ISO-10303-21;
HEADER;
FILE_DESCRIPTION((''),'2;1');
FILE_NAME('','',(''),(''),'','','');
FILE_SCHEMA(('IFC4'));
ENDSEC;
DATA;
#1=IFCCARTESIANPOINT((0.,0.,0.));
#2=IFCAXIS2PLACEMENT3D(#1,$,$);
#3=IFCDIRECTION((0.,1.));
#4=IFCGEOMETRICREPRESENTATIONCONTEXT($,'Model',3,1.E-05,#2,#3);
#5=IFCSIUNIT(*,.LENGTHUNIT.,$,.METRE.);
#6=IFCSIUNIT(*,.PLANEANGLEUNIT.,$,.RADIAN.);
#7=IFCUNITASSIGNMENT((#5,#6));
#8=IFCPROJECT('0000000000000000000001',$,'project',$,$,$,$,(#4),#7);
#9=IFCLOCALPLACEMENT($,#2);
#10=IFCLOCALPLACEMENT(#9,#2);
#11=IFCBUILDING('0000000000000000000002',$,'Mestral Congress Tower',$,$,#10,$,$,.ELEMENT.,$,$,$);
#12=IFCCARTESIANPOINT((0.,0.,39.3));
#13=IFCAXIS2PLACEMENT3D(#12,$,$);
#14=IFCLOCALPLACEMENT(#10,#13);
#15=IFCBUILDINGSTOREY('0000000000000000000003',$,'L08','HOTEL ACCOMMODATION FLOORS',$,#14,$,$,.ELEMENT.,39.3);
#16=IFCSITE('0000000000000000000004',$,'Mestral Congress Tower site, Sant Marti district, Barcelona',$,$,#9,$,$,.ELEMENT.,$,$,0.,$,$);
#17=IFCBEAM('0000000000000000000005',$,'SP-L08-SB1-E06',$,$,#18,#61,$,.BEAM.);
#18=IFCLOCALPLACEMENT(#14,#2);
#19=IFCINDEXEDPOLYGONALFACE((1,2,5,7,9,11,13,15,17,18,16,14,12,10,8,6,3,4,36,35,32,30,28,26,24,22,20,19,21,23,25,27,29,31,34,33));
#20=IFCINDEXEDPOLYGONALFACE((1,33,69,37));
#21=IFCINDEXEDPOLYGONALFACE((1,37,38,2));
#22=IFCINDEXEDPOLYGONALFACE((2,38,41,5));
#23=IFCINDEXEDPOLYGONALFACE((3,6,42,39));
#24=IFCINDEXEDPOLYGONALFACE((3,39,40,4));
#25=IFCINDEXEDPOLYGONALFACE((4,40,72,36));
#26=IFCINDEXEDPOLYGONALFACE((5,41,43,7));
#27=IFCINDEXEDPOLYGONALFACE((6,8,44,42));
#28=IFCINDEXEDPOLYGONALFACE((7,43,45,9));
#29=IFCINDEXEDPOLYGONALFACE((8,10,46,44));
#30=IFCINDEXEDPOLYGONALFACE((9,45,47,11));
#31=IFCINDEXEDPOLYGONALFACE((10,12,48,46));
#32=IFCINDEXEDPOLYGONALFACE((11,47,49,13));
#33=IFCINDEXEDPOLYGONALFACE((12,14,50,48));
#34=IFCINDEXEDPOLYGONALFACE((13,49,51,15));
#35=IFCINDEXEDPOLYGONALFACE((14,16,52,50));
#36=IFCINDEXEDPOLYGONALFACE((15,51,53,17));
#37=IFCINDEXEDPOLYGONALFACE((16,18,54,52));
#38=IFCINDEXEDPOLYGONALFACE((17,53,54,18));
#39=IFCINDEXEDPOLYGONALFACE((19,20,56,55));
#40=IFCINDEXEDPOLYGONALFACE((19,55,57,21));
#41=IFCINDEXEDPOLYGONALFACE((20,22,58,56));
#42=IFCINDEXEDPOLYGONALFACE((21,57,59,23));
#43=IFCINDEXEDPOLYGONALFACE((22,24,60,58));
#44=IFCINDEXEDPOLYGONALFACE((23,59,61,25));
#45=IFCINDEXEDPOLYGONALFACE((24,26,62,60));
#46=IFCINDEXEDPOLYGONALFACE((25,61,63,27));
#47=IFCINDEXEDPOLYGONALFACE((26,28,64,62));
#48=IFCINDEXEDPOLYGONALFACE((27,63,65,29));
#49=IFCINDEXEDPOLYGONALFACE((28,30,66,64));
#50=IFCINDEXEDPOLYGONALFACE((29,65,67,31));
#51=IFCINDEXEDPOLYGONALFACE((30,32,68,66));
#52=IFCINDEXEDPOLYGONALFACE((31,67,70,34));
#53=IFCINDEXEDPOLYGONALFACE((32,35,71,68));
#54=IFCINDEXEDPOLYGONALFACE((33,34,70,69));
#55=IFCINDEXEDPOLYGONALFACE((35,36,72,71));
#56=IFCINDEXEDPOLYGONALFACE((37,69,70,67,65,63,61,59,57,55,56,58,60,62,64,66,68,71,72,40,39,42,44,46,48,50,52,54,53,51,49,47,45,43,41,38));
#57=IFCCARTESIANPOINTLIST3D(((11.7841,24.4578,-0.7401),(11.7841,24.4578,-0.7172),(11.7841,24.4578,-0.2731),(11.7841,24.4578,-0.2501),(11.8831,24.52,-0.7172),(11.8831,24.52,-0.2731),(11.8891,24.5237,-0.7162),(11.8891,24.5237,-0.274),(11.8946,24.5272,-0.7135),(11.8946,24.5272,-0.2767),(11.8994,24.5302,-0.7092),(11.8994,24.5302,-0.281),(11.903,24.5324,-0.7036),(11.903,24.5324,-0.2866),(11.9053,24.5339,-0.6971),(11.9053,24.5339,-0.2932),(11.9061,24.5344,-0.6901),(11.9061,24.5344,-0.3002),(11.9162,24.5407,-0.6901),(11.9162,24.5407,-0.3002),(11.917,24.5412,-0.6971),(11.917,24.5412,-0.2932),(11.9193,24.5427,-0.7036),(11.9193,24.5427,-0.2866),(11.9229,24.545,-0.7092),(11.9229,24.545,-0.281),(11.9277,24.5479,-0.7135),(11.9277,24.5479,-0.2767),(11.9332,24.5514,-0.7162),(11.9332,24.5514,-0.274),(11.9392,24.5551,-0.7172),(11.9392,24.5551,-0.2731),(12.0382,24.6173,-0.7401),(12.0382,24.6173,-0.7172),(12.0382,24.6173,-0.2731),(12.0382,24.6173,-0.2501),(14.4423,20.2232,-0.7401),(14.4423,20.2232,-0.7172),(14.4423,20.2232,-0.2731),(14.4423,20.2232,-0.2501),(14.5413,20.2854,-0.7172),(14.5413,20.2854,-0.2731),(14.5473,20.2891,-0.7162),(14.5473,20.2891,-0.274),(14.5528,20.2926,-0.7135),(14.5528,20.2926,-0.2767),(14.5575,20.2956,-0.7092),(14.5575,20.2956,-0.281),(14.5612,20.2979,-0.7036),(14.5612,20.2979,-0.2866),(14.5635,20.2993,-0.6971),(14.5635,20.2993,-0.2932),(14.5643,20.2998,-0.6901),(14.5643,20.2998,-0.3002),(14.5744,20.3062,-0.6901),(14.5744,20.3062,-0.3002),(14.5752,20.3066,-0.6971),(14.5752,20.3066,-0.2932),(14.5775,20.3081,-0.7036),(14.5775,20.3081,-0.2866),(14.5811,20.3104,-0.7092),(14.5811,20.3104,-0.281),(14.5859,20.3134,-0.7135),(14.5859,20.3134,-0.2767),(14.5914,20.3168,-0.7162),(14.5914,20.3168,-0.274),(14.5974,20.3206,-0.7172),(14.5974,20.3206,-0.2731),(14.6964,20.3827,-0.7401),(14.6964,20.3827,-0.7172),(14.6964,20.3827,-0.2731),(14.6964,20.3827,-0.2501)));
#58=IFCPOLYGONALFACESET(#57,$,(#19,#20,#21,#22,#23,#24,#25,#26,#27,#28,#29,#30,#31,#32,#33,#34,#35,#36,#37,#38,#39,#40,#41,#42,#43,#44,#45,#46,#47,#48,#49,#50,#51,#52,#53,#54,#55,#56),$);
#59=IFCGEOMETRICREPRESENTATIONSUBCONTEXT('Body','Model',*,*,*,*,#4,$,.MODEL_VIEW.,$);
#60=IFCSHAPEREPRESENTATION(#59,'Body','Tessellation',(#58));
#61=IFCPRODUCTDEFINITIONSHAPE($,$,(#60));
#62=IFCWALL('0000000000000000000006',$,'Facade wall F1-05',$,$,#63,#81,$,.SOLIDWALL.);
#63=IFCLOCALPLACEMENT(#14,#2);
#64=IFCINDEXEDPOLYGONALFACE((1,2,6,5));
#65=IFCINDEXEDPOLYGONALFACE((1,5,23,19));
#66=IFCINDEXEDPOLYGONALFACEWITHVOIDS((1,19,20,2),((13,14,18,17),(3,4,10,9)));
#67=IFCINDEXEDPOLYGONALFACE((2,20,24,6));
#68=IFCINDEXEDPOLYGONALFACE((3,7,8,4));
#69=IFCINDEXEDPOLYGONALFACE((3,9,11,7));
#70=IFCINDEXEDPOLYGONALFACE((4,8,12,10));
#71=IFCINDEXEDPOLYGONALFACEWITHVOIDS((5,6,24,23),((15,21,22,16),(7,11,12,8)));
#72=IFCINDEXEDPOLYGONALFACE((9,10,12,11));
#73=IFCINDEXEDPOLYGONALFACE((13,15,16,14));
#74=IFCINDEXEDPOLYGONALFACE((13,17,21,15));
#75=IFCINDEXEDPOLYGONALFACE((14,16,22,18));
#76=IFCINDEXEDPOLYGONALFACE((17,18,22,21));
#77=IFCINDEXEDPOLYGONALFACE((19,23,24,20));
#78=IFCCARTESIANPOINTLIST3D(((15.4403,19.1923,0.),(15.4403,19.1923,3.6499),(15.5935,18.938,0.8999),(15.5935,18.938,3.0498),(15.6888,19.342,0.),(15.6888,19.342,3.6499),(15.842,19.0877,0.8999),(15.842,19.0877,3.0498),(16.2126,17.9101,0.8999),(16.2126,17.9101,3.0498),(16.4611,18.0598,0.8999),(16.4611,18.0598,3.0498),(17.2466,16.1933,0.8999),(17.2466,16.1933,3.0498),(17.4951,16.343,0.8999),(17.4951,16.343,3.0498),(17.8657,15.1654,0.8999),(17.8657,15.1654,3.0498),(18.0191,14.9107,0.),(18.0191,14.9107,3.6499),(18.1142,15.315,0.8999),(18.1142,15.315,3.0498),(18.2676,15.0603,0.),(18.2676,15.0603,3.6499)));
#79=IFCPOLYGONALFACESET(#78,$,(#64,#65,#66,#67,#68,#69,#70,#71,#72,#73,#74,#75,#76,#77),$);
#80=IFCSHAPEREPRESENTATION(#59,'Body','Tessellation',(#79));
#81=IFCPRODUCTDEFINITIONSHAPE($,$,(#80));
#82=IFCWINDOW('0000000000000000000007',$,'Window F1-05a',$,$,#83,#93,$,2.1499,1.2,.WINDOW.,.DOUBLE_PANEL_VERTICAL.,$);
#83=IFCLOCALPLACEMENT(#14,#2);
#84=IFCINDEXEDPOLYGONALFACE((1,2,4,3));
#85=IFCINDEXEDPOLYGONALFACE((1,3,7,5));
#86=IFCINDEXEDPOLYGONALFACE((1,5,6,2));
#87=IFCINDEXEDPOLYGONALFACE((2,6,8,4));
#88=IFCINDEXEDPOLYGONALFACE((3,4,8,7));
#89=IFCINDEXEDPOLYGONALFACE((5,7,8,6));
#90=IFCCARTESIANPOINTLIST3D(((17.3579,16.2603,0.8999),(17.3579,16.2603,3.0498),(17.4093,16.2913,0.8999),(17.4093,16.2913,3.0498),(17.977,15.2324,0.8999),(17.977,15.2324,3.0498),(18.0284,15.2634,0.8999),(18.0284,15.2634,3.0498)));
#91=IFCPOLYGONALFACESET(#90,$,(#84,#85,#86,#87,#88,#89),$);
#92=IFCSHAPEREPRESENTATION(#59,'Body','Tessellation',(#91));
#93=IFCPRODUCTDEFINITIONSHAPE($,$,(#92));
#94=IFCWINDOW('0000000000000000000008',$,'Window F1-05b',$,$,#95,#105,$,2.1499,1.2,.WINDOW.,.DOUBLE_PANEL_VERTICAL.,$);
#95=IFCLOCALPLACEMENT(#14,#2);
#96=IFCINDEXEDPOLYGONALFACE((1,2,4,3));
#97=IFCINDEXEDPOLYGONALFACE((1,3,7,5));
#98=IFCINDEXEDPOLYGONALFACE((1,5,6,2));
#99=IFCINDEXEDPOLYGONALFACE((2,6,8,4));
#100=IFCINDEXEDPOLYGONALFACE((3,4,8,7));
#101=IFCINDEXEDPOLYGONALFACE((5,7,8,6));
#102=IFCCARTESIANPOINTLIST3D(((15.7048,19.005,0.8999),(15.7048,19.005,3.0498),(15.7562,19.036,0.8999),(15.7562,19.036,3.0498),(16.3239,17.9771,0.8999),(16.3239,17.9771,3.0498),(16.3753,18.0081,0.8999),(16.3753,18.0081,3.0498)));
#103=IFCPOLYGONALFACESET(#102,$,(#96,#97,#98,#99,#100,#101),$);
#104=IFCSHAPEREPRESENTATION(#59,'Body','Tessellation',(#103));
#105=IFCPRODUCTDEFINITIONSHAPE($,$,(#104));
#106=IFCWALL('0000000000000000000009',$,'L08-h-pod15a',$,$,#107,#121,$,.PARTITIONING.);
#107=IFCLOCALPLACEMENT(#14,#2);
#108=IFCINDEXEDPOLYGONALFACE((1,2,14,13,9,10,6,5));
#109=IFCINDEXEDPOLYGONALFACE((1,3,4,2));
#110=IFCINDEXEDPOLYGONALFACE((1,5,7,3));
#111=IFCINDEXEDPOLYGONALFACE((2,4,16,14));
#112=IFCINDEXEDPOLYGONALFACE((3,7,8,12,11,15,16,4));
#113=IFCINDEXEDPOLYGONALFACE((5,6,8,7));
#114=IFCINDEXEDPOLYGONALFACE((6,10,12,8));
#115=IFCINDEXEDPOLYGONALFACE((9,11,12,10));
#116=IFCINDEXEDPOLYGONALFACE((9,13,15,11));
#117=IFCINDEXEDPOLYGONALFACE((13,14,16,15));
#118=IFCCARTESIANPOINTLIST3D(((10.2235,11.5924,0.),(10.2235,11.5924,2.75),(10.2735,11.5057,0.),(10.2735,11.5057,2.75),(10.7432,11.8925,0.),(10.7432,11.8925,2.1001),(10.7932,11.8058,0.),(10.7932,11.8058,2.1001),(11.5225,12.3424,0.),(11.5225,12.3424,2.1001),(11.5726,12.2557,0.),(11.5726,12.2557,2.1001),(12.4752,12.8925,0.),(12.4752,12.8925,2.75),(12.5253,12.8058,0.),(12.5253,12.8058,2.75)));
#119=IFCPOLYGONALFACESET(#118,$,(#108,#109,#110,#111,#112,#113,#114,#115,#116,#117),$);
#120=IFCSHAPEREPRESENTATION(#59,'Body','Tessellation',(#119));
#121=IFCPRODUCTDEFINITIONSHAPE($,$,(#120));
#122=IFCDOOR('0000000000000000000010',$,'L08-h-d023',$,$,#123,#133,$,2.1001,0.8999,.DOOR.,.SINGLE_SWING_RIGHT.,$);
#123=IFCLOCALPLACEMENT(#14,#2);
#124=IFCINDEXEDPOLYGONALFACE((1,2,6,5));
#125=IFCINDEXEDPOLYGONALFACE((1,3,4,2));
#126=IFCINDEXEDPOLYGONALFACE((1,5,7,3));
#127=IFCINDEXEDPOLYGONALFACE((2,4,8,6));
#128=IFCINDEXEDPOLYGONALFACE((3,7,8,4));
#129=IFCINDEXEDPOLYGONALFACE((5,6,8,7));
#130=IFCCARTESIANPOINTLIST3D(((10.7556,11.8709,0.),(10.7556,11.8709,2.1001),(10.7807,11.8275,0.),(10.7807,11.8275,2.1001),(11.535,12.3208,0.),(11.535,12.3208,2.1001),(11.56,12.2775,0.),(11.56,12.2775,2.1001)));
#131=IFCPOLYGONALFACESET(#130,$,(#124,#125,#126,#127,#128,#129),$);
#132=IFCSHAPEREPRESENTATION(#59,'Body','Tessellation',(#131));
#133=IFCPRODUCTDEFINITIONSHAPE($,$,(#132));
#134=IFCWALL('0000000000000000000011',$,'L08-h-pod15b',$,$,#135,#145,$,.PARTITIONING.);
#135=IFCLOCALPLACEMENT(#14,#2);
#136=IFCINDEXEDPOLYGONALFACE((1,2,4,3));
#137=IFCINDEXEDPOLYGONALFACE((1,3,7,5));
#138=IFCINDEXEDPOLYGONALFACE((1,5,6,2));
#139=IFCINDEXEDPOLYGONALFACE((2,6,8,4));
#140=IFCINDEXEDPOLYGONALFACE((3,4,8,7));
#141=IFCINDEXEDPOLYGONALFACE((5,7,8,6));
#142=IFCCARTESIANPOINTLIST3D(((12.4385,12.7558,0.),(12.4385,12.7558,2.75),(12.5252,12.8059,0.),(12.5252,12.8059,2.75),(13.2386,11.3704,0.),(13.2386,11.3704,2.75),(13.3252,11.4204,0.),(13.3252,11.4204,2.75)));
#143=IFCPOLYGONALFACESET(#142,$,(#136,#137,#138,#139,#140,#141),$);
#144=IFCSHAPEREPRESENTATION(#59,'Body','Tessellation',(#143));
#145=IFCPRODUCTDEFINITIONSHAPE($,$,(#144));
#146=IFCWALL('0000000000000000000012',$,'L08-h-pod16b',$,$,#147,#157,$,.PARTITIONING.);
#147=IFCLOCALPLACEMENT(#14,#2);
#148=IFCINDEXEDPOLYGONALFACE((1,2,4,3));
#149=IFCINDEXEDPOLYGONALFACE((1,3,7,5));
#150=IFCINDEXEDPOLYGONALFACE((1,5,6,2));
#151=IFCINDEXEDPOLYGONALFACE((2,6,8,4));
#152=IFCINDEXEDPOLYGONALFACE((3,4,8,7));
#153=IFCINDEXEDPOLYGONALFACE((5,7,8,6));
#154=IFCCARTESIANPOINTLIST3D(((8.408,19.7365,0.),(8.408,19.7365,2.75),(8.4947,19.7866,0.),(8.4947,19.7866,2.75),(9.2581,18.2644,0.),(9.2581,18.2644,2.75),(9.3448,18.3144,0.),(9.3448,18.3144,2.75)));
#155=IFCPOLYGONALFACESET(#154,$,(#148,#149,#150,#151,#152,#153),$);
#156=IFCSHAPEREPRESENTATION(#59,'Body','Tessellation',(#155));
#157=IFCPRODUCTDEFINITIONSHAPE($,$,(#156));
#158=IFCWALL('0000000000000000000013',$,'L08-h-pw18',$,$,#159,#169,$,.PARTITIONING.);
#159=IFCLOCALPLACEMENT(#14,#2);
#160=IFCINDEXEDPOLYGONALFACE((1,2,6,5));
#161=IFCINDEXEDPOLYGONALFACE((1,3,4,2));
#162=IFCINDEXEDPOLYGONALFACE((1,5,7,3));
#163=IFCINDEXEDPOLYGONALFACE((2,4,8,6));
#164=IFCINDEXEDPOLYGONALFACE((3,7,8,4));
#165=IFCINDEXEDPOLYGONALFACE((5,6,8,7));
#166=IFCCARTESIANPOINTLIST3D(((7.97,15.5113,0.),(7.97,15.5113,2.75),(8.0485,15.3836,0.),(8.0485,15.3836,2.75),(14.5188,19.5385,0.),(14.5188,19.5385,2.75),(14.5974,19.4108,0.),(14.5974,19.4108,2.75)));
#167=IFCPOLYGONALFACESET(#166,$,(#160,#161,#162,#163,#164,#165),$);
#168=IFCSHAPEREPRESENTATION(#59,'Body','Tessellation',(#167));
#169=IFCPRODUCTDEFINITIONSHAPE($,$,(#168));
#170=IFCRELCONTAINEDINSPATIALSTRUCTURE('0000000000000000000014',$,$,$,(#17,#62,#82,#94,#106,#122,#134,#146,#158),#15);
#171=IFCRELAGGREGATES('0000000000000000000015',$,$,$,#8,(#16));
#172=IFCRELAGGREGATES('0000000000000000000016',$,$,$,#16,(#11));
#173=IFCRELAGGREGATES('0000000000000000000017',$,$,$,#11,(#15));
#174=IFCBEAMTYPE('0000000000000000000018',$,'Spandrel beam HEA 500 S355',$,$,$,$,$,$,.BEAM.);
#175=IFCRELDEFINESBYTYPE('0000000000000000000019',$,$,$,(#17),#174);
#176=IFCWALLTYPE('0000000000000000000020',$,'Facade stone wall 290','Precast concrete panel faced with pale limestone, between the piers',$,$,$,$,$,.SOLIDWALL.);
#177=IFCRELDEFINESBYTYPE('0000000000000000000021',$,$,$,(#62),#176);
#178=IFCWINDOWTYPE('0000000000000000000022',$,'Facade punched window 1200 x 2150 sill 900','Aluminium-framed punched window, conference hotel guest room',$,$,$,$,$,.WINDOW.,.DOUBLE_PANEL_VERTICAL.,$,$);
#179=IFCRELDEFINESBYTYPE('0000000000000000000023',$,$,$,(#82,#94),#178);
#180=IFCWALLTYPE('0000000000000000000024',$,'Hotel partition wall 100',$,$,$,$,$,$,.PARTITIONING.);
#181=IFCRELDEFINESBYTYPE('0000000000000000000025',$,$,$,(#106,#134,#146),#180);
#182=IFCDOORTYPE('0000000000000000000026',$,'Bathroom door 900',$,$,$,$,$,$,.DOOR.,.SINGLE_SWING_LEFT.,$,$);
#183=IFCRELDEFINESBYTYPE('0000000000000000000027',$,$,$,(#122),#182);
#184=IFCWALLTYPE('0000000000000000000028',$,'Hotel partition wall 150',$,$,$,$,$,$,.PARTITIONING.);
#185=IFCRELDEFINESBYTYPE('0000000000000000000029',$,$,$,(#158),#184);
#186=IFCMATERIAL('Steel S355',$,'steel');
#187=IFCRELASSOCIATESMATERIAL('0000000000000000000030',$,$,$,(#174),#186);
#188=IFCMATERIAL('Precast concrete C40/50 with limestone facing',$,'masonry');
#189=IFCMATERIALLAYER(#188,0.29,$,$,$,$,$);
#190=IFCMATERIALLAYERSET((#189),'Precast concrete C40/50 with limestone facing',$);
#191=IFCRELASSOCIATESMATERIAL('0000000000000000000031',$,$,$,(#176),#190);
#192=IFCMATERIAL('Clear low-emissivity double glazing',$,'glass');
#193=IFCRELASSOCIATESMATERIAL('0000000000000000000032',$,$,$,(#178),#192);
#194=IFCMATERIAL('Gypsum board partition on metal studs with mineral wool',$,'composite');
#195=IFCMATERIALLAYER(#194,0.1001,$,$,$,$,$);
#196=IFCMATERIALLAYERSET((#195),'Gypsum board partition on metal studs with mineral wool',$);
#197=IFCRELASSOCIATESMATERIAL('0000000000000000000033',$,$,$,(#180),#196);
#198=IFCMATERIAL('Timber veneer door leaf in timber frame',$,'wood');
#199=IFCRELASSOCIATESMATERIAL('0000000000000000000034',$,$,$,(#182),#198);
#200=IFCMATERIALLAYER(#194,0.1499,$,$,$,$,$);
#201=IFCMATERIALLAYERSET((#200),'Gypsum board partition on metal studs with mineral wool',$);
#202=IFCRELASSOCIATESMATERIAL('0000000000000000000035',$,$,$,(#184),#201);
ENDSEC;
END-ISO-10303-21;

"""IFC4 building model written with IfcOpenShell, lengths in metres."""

from ifc_helpers import new_model, si_unit, direction, frame, frame_2d, origin, origin_2d, place, context, subcontext, project, spatial, rectangle, i_section, extrude, material, layer, layer_set, material_profile, profile_set, type_object, element, fill, save


model = new_model("IFC4")

# Units and contexts
model_context = context("Model", 3, precision=1e-05, world=origin(), true_north=direction((0.0, 1.0)))
body_context = subcontext(model_context, "Body", "Model", "MODEL_VIEW")
ifc_project = project(units=[si_unit("LENGTHUNIT", "METRE"), si_unit("PLANEANGLEUNIT", "RADIAN")], contexts=[model_context])

# Site, building, storey
site_placement = place(None, origin())
site = spatial("IfcSite", under=ifc_project, at=site_placement, Name="Mestral Congress Tower site, Sant Marti district, Barcelona", CompositionType="ELEMENT", RefElevation=0.0)
building_placement = place(site_placement, origin())
building = spatial("IfcBuilding", under=site, at=building_placement, Name="Mestral Congress Tower", CompositionType="ELEMENT")
storey_placement = place(building_placement, frame((0.0, 0.0, 39.3)))
storey = spatial("IfcBuildingStorey", under=building, at=storey_placement, Name="L08", Description="HOTEL ACCOMMODATION FLOORS", CompositionType="ELEMENT", Elevation=39.3)

# Beam
ifc_material_1 = material(Name="Steel S355", Category="steel")
ifc_material_profile_1 = material_profile(ifc_material_1, i_section(OverallWidth=0.3, OverallDepth=0.49, WebThickness=0.012, FlangeThickness=0.0229, FilletRadius=0.0271, at=origin_2d()), Name="HEA 500")
ifc_profile_set_1 = profile_set([ifc_material_profile_1], Name="Steel S355")
beam_type_1 = type_object("IfcBeamType", Name="Spandrel beam HEA 500 S355", PredefinedType="BEAM", material=ifc_profile_set_1)
for number, where, z_axis, x_axis, name in (
    (1, (14.5693, 20.303, -0.4951), (-0.531661, 0.846957, 0.0), (-0.846957, -0.531661, 0.0), "SP-L08-SB1-E06"),
):
    element("IfcBeam", number, at=place(storey_placement, frame(where, z_axis=z_axis, x_axis=x_axis)), inside=storey, type_object=beam_type_1, Name=name, PredefinedType="BEAM", context=body_context, shape_type="SweptSolid", body=[
        extrude(i_section(OverallWidth=0.3, OverallDepth=0.49, WebThickness=0.012, FlangeThickness=0.0229, FilletRadius=0.0271, at=origin_2d()), origin(), (0.0, 0.0, 1.0), 4.9998),
    ])

# Wall, openings, windows
ifc_material_2 = material(Name="Precast concrete C40/50 with limestone facing", Category="masonry")
ifc_layer_1 = layer(ifc_material_2, 0.29)
ifc_layer_set_1 = layer_set([ifc_layer_1], Name="Precast concrete C40/50 with limestone facing")
wall_type_1 = type_object("IfcWallType", Name="Facade stone wall 290", Description="Precast concrete panel faced with pale limestone, between the piers", PredefinedType="SOLIDWALL", material=ifc_layer_set_1)
wall_1_placement = place(storey_placement, frame((18.1433, 14.9856, 0.0), z_axis=(0.0, 0.0, 1.0), x_axis=(-0.515939, 0.856625, 0.0)))
wall_1 = element("IfcWall", 2, at=wall_1_placement, inside=storey, type_object=wall_type_1, Name="Facade wall F1-05", PredefinedType="SOLIDWALL", context=body_context, shape_type="SweptSolid", body=[
    extrude(rectangle(XDim=4.9983, YDim=0.29, at=frame_2d((2.499, 0.0))), origin(), (0.0, 0.0, 1.0), 3.6499),
])
opening_1_placement = place(wall_1_placement, frame((0.2971, 0.0, 0.8999)))
opening_1 = element("IfcOpeningElement", 3, at=opening_1_placement, cuts=wall_1, PredefinedType="OPENING", context=body_context, shape_type="SweptSolid", body=[
    extrude(rectangle(XDim=1.2, YDim=2.1499, at=frame_2d((0.6001, 1.075))), frame((0.0, 0.155, 0.0), z_axis=(0.0, -1.0, 0.0), x_axis=(1.0, 0.0, 0.0)), (0.0, 0.0, 1.0), 0.3101),
])
opening_2_placement = place(wall_1_placement, frame((3.5012, 0.0, 0.8999)))
opening_2 = element("IfcOpeningElement", 4, at=opening_2_placement, cuts=wall_1, PredefinedType="OPENING", context=body_context, shape_type="SweptSolid", body=[
    extrude(rectangle(XDim=1.2, YDim=2.1499, at=frame_2d((0.6001, 1.075))), frame((0.0, 0.155, 0.0), z_axis=(0.0, -1.0, 0.0), x_axis=(1.0, 0.0, 0.0)), (0.0, 0.0, 1.0), 0.3101),
])
ifc_material_3 = material(Name="Clear low-emissivity double glazing", Category="glass")
window_type = type_object("IfcWindowType", Name="Facade punched window 1200 x 2150 sill 900", Description="Aluminium-framed punched window, conference hotel guest room", PartitioningType="DOUBLE_PANEL_VERTICAL", PredefinedType="WINDOW", material=ifc_material_3)
window_1_placement = place(opening_1_placement, origin())
window_1 = element("IfcWindow", 5, at=window_1_placement, inside=storey, type_object=window_type, Name="Window F1-05a", OverallHeight=2.1499, OverallWidth=1.2, PartitioningType="DOUBLE_PANEL_VERTICAL", PredefinedType="WINDOW", context=body_context, shape_type="SweptSolid", body=[
    extrude(rectangle(XDim=1.2, YDim=2.1499, at=frame_2d((0.6001, 1.075))), frame((0.0, 0.0151, 0.0), z_axis=(0.0, -1.0, 0.0), x_axis=(1.0, 0.0, 0.0)), (0.0, 0.0, 1.0), 0.0601),
])
fill(opening_1, window_1)
window_2_placement = place(opening_2_placement, origin())
window_2 = element("IfcWindow", 6, at=window_2_placement, inside=storey, type_object=window_type, Name="Window F1-05b", OverallHeight=2.1499, OverallWidth=1.2, PartitioningType="DOUBLE_PANEL_VERTICAL", PredefinedType="WINDOW", context=body_context, shape_type="SweptSolid", body=[
    extrude(rectangle(XDim=1.2, YDim=2.1499, at=frame_2d((0.6001, 1.075))), frame((0.0, 0.0151, 0.0), z_axis=(0.0, -1.0, 0.0), x_axis=(1.0, 0.0, 0.0)), (0.0, 0.0, 1.0), 0.0601),
])
fill(opening_2, window_2)

# Wall, opening, door
ifc_material_4 = material(Name="Gypsum board partition on metal studs with mineral wool", Category="composite")
ifc_layer_2 = layer(ifc_material_4, 0.1001)
ifc_layer_set_2 = layer_set([ifc_layer_2], Name="Gypsum board partition on metal studs with mineral wool")
wall_type_2 = type_object("IfcWallType", Name="Hotel partition wall 100", PredefinedType="PARTITIONING", material=ifc_layer_set_2)
wall_2_placement = place(storey_placement, frame((12.5002, 12.8491, 0.0), z_axis=(0.0, 0.0, 1.0), x_axis=(-0.866021, -0.500007, 0.0)))
wall_2 = element("IfcWall", 7, at=wall_2_placement, inside=storey, type_object=wall_type_2, Name="L08-h-pod15a", PredefinedType="PARTITIONING", context=body_context, shape_type="SweptSolid", body=[
    extrude(rectangle(XDim=2.6001, YDim=0.1001, at=frame_2d((1.3, 0.0))), origin(), (0.0, 0.0, 1.0), 2.75),
])
opening_3_placement = place(wall_2_placement, frame((1.1001, 0.0, 0.0)))
opening_3 = element("IfcOpeningElement", 8, at=opening_3_placement, cuts=wall_2, PredefinedType="OPENING", context=body_context, shape_type="SweptSolid", body=[
    extrude(rectangle(XDim=0.8999, YDim=2.1001, at=frame_2d((0.45, 1.05))), frame((0.0, 0.0601, 0.0), z_axis=(0.0, -1.0, 0.0), x_axis=(1.0, 0.0, 0.0)), (0.0, 0.0, 1.0), 0.1201),
])
ifc_material_5 = material(Name="Timber veneer door leaf in timber frame", Category="wood")
door_type = type_object("IfcDoorType", Name="Bathroom door 900", OperationType="SINGLE_SWING_LEFT", PredefinedType="DOOR", material=ifc_material_5)
door_placement = place(opening_3_placement, origin())
door = element("IfcDoor", 9, at=door_placement, inside=storey, type_object=door_type, Name="L08-h-d023", OperationType="SINGLE_SWING_RIGHT", OverallHeight=2.1001, OverallWidth=0.8999, PredefinedType="DOOR", context=body_context, shape_type="SweptSolid", body=[
    extrude(rectangle(XDim=0.8999, YDim=2.1001, at=frame_2d((0.45, 1.05))), frame((0.0, 0.0249, 0.0), z_axis=(0.0, -1.0, 0.0), x_axis=(1.0, 0.0, 0.0)), (0.0, 0.0, 1.0), 0.05),
])
fill(opening_3, door)

# Walls
wall_3_placement = place(storey_placement, frame((12.4819, 12.7808, 0.0), z_axis=(0.0, 0.0, 1.0), x_axis=(0.500061, -0.86599, 0.0)))
element("IfcWall", 10, at=wall_3_placement, inside=storey, type_object=wall_type_2, Name="L08-h-pod15b", PredefinedType="PARTITIONING", context=body_context, shape_type="SweptSolid", body=[
    extrude(rectangle(XDim=1.5999, YDim=0.1001, at=frame_2d((0.7998, 0.0))), origin(), (0.0, 0.0, 1.0), 2.75),
])
wall_4_placement = place(storey_placement, frame((9.3015, 18.2893, 0.0), z_axis=(0.0, 0.0, 1.0), x_axis=(-0.500062, 0.865989, 0.0)))
element("IfcWall", 11, at=wall_4_placement, inside=storey, type_object=wall_type_2, Name="L08-h-pod16b", PredefinedType="PARTITIONING", context=body_context, shape_type="SweptSolid", body=[
    extrude(rectangle(XDim=1.7, YDim=0.1001, at=frame_2d((0.8501, 0.0))), origin(), (0.0, 0.0, 1.0), 2.75),
])
ifc_layer_3 = layer(ifc_material_4, 0.1499)
ifc_layer_set_3 = layer_set([ifc_layer_3], Name="Gypsum board partition on metal studs with mineral wool")
wall_type_3 = type_object("IfcWallType", Name="Hotel partition wall 150", PredefinedType="PARTITIONING", material=ifc_layer_set_3)
wall_5_placement = place(storey_placement, frame((14.5581, 19.4746, 0.0), z_axis=(0.0, 0.0, 1.0), x_axis=(-0.851829, -0.523819, 0.0)))
element("IfcWall", 12, at=wall_5_placement, inside=storey, type_object=wall_type_3, Name="L08-h-pw18", PredefinedType="PARTITIONING", context=body_context, shape_type="SweptSolid", body=[
    extrude(rectangle(XDim=7.688, YDim=0.1499, at=frame_2d((3.844, 0.0))), origin(), (0.0, 0.0, 1.0), 2.75),
])

save(model, "model.ifc")
